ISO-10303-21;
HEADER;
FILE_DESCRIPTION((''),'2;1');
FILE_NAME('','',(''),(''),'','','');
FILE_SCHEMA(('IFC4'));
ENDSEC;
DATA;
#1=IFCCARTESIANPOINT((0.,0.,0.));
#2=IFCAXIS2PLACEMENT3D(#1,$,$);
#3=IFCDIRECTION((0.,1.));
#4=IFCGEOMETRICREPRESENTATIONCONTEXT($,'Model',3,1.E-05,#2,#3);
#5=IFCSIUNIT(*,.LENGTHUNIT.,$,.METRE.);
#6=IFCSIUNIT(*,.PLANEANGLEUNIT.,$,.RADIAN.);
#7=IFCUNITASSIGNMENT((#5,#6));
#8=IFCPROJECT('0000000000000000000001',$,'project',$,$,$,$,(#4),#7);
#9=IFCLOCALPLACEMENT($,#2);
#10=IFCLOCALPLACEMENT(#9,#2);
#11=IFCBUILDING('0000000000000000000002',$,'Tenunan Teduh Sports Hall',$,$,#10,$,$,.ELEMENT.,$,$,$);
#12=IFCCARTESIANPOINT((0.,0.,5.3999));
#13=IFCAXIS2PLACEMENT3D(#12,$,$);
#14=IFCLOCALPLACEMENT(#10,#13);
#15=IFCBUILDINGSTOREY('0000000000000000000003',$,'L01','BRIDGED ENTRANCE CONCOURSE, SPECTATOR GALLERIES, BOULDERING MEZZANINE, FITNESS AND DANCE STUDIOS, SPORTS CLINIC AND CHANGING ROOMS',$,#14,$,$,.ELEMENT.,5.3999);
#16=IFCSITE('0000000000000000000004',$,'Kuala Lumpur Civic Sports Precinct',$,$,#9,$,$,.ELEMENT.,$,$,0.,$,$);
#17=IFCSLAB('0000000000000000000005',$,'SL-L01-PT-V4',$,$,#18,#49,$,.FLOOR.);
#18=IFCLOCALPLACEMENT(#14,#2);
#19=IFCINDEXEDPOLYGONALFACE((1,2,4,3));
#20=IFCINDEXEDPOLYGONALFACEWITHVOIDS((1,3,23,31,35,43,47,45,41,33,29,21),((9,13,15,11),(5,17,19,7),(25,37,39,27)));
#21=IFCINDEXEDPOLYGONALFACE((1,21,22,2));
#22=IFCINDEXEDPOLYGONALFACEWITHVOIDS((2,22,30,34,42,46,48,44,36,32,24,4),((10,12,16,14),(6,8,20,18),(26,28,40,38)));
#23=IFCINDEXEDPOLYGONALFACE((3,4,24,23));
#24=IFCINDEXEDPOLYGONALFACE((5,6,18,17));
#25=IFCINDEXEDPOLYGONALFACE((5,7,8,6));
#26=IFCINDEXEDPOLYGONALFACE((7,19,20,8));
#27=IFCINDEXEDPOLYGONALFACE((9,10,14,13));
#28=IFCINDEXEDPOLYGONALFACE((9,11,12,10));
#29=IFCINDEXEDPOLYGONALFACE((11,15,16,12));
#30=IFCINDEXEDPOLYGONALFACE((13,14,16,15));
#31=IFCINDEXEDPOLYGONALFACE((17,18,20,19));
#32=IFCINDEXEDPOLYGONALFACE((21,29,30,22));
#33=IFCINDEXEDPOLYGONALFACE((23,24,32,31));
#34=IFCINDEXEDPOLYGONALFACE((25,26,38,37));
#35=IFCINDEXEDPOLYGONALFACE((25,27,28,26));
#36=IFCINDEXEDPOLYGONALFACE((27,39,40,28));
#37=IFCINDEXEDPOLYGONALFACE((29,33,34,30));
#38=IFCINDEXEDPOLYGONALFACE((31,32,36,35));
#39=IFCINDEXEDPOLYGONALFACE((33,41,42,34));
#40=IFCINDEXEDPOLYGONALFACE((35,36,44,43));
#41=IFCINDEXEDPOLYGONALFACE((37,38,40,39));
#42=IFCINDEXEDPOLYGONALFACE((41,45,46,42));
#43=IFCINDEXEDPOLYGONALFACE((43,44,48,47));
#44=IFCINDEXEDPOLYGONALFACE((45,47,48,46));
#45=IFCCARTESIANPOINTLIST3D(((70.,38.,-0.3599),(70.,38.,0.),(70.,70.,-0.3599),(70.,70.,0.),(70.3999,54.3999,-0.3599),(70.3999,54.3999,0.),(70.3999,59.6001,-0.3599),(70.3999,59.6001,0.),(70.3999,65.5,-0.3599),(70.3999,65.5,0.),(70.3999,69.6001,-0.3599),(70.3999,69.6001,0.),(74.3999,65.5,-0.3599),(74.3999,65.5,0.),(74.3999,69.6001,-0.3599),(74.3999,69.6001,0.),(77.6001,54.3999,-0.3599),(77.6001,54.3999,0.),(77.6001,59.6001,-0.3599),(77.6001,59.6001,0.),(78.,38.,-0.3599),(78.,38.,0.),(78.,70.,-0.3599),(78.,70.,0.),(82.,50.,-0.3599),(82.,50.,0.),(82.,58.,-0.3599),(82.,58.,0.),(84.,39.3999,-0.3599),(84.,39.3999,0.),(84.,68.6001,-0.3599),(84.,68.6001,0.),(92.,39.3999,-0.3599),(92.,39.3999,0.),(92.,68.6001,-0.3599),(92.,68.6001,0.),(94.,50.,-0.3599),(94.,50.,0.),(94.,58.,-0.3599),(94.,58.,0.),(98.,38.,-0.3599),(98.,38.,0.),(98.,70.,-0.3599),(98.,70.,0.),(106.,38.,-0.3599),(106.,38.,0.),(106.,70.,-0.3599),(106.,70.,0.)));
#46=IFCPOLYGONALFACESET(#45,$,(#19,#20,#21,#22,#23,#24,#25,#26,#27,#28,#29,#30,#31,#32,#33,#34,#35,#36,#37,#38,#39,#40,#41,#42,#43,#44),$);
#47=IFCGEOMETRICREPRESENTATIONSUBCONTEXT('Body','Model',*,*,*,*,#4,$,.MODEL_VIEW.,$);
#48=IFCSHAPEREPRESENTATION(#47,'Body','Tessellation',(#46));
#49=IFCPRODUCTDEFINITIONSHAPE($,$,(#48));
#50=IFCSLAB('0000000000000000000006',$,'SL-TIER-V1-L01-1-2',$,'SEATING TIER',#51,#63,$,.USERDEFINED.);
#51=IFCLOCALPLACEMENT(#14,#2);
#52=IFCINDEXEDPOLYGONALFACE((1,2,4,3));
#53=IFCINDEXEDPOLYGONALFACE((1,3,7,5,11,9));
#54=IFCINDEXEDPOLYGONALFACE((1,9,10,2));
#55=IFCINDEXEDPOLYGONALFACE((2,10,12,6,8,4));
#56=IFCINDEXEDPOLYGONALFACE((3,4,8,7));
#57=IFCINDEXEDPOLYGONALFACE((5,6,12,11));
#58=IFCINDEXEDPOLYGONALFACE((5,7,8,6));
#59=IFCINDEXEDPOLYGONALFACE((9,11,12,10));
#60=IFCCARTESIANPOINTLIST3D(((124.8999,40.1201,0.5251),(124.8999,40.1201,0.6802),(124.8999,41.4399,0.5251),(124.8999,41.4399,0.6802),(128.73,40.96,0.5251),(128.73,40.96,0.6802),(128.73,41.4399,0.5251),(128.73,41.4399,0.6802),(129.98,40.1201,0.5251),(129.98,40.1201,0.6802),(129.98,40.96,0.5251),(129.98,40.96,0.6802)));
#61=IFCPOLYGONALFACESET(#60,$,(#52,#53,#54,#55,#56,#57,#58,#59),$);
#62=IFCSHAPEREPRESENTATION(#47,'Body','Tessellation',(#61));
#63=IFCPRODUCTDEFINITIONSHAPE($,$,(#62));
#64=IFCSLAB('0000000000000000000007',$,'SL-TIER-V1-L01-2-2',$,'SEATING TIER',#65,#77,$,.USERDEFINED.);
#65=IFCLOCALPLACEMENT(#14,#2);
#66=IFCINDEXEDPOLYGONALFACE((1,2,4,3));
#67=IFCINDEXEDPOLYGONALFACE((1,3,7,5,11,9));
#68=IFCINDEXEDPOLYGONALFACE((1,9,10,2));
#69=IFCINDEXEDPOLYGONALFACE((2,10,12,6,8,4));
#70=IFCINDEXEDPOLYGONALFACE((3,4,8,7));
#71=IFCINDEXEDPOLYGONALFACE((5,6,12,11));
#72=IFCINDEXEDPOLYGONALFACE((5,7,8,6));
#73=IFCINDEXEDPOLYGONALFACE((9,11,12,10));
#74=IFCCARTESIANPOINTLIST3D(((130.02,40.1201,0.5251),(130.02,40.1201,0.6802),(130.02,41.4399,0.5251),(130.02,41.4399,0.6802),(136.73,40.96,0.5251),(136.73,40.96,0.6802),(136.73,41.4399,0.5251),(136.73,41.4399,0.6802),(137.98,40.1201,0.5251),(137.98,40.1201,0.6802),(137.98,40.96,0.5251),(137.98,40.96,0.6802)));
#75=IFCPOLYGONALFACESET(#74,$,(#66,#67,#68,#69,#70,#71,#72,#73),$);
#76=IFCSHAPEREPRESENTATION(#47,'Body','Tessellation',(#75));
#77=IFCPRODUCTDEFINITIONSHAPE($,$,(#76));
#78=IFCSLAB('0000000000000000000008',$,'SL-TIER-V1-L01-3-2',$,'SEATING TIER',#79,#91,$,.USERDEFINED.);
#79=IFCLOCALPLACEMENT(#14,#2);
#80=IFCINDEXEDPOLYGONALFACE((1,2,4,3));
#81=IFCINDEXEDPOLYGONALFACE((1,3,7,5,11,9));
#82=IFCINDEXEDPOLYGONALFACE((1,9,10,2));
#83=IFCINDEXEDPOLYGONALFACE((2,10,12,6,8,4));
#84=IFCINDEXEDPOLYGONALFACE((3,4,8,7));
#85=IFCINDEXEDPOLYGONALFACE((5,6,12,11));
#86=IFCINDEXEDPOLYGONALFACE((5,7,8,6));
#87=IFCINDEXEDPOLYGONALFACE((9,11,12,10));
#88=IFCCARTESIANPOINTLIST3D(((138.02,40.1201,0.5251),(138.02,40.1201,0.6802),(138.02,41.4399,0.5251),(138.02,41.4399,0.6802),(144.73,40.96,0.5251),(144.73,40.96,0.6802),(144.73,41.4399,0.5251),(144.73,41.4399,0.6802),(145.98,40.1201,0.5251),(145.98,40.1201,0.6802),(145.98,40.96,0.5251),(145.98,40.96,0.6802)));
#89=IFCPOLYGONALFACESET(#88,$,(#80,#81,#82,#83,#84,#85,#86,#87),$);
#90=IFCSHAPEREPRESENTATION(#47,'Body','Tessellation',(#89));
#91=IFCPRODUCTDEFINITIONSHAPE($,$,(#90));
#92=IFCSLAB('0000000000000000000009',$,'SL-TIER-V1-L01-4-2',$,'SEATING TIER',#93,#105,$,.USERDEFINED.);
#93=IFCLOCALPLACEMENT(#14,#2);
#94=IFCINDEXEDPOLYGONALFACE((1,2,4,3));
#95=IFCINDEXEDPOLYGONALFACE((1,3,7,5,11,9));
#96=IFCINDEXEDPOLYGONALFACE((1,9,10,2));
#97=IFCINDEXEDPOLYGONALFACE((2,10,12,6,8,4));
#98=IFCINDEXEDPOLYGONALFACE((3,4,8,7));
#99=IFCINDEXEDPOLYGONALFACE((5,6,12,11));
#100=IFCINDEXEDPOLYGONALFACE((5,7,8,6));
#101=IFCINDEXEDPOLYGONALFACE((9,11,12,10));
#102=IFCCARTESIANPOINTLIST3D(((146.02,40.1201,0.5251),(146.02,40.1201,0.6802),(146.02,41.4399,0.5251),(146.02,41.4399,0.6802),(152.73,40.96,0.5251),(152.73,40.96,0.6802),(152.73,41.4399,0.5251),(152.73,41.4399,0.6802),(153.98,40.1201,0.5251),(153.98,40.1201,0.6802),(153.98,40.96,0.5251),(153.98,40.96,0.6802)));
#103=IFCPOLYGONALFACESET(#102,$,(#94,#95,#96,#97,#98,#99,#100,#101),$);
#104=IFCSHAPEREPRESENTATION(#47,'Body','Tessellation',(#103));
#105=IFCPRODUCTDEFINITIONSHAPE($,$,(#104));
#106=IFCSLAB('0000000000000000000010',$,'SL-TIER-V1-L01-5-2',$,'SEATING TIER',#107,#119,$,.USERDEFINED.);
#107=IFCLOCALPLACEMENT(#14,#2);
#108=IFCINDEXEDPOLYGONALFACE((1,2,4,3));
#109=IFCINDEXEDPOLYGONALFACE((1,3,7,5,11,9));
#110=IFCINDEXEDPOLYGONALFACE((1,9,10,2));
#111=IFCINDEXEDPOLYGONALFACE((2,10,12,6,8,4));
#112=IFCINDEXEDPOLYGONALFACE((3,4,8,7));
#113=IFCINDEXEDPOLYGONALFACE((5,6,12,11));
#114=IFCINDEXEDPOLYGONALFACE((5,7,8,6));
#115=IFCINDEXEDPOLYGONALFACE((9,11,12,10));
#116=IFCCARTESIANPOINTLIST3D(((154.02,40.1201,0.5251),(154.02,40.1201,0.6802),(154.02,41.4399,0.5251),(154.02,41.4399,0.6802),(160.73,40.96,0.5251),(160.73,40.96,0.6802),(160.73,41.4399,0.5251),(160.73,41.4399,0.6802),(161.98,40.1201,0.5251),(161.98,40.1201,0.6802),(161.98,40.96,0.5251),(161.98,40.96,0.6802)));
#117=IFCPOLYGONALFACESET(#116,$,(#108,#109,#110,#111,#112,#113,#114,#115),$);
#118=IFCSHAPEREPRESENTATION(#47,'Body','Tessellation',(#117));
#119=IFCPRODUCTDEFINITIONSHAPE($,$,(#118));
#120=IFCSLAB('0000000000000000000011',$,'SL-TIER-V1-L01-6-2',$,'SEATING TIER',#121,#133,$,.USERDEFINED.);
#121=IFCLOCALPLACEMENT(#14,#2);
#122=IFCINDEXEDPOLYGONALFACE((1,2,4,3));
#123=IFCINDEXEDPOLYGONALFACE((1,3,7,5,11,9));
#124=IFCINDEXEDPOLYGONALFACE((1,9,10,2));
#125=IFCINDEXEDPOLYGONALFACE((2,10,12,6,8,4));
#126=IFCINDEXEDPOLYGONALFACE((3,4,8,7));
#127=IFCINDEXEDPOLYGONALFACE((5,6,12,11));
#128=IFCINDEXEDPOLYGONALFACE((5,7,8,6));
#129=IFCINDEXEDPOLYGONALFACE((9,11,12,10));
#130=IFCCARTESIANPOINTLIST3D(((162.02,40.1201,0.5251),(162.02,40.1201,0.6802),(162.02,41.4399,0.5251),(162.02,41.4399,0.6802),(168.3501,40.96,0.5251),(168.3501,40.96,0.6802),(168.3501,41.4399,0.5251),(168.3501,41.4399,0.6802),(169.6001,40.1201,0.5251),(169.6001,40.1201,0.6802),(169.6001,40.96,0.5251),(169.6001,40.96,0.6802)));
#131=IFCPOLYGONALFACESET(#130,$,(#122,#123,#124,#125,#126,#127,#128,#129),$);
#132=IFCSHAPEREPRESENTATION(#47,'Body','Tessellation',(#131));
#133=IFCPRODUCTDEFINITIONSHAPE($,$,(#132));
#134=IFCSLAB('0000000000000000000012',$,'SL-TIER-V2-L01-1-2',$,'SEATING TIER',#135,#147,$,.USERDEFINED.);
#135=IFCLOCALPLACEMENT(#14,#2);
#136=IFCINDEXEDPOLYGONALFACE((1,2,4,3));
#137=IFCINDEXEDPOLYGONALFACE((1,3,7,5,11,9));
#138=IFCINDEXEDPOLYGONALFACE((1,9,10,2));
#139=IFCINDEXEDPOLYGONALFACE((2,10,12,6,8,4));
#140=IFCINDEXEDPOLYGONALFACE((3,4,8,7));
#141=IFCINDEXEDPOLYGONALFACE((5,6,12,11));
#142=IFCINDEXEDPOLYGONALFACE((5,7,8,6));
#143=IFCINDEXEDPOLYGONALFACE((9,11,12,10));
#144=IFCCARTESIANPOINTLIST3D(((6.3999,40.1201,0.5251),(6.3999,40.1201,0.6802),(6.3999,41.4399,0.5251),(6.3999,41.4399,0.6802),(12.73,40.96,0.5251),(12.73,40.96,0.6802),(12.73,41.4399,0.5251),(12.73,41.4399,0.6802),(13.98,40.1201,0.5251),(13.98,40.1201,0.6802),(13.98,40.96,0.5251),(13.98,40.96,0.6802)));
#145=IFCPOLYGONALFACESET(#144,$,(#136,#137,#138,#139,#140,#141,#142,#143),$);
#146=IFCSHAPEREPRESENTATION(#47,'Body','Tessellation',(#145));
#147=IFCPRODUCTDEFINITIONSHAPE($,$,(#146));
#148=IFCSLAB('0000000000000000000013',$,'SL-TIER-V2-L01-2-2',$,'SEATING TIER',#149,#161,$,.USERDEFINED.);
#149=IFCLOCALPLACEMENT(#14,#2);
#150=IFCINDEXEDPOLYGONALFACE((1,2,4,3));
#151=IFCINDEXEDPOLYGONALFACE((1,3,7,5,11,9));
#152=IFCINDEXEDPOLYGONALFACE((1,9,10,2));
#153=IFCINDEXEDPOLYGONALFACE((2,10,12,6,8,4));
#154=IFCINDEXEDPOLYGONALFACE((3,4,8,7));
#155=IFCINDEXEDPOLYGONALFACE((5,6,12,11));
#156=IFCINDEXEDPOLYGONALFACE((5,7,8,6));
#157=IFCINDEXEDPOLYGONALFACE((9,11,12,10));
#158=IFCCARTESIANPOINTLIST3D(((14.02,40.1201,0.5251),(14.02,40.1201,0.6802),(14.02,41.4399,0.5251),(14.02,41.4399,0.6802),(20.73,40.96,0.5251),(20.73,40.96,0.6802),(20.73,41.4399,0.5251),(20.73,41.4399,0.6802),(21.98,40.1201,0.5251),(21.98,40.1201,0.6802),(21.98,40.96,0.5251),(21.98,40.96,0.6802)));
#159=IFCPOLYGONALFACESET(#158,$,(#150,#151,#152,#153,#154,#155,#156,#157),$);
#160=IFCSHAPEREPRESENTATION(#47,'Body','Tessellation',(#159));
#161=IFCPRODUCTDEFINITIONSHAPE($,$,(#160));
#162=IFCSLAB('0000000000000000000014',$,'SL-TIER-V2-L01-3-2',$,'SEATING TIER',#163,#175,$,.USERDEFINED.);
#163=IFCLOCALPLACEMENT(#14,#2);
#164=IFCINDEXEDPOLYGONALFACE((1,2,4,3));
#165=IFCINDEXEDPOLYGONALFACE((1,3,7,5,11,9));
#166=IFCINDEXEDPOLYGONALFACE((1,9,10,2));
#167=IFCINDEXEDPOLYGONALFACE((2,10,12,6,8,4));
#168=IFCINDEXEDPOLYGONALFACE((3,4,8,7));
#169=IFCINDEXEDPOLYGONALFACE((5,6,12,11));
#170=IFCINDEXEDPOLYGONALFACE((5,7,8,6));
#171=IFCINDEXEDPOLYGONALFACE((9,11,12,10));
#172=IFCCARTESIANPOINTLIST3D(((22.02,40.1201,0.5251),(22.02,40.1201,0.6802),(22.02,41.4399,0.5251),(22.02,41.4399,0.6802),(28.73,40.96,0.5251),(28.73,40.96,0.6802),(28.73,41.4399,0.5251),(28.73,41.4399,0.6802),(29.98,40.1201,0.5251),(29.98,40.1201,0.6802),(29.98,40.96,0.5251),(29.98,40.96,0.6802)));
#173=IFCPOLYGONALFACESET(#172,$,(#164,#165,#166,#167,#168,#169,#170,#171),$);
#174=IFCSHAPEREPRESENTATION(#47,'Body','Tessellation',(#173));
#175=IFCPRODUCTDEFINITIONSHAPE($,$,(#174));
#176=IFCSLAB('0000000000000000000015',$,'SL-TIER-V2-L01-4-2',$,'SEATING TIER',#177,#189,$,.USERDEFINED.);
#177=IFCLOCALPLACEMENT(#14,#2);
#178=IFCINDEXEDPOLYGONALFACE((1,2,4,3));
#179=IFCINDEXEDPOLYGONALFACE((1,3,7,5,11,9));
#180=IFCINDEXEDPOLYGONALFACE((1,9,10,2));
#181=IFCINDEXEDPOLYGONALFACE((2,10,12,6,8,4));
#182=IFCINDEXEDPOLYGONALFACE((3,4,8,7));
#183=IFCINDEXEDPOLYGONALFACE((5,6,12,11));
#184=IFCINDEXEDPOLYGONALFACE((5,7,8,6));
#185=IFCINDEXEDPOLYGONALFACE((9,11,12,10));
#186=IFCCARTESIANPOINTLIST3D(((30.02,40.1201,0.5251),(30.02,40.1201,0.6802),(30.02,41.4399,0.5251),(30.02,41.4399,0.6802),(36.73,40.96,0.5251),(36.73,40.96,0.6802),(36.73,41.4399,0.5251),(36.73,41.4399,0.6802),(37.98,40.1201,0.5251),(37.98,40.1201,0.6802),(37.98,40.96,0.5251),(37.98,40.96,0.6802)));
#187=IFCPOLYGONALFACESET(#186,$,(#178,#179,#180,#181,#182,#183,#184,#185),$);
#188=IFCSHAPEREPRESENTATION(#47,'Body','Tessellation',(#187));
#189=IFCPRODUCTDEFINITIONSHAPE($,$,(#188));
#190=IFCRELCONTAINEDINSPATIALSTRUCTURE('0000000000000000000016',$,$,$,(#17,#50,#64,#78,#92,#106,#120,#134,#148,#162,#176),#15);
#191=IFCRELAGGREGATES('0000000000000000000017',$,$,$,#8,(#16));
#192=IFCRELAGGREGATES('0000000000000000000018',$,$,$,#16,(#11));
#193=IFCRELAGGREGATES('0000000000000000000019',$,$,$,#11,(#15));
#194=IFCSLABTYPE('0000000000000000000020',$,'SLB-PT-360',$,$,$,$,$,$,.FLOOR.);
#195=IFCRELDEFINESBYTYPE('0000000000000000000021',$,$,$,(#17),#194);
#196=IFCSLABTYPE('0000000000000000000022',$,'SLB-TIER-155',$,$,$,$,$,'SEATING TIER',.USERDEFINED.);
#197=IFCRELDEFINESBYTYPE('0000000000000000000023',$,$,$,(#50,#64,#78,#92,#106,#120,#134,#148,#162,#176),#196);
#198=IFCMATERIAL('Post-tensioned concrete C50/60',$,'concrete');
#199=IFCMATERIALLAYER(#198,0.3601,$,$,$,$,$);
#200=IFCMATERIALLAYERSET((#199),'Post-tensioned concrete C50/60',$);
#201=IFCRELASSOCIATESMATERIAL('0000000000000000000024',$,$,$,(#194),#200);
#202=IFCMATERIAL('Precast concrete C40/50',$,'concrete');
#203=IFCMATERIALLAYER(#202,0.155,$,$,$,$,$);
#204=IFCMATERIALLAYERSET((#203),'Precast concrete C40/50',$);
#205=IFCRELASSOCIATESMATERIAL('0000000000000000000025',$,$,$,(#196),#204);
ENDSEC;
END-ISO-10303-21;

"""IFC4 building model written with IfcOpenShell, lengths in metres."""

from ifc_helpers import new_model, si_unit, direction, frame, origin, place, context, subcontext, project, spatial, polyline, outline, extrude, material, layer, layer_set, type_object, element, save


model = new_model("IFC4")

# Units and contexts
model_context = context("Model", 3, precision=1e-05, world=origin(), true_north=direction((0.0, 1.0)))
body_context = subcontext(model_context, "Body", "Model", "MODEL_VIEW")
ifc_project = project(units=[si_unit("LENGTHUNIT", "METRE"), si_unit("PLANEANGLEUNIT", "RADIAN")], contexts=[model_context])

# Site, building, storey
site_placement = place(None, origin())
site = spatial("IfcSite", under=ifc_project, at=site_placement, Name="Kuala Lumpur Civic Sports Precinct", CompositionType="ELEMENT", RefElevation=0.0)
building_placement = place(site_placement, origin())
building = spatial("IfcBuilding", under=site, at=building_placement, Name="Tenunan Teduh Sports Hall", CompositionType="ELEMENT")
storey_placement = place(building_placement, frame((0.0, 0.0, 5.3999)))
storey = spatial("IfcBuildingStorey", under=building, at=storey_placement, Name="L01", Description="BRIDGED ENTRANCE CONCOURSE, SPECTATOR GALLERIES, BOULDERING MEZZANINE, FITNESS AND DANCE STUDIOS, SPORTS CLINIC AND CHANGING ROOMS", CompositionType="ELEMENT", Elevation=5.3999)

# Slabs
ifc_material_1 = material(Name="Post-tensioned concrete C50/60", Category="concrete")
ifc_layer_1 = layer(ifc_material_1, 0.3601)
ifc_layer_set_1 = layer_set([ifc_layer_1], Name="Post-tensioned concrete C50/60")
slab_type_1 = type_object("IfcSlabType", Name="SLB-PT-360", PredefinedType="FLOOR", material=ifc_layer_set_1)
slab_1_placement = place(storey_placement, frame((0.0, 0.0, -0.3599)))
element("IfcSlab", 1, at=slab_1_placement, inside=storey, type_object=slab_type_1, Name="SL-L01-PT-V4", PredefinedType="FLOOR", context=body_context, shape_type="SweptSolid", body=[
    extrude(outline(polyline([(70.0, 38.0), (78.0, 38.0), (84.0, 39.3999), (92.0, 39.3999), (98.0, 38.0), (106.0, 38.0), (106.0, 70.0), (98.0, 70.0), (92.0, 68.6001), (84.0, 68.6001), (78.0, 70.0), (70.0, 70.0), (70.0, 38.0)]), holes=[polyline([(70.3999, 54.3999), (77.6001, 54.3999), (77.6001, 59.6001), (70.3999, 59.6001), (70.3999, 54.3999)]), polyline([(70.3999, 65.5), (74.3999, 65.5), (74.3999, 69.6001), (70.3999, 69.6001), (70.3999, 65.5)]), polyline([(82.0, 50.0), (94.0, 50.0), (94.0, 58.0), (82.0, 58.0), (82.0, 50.0)])]), origin(), (0.0, 0.0, 1.0), 0.3599),
])
ifc_material_2 = material(Name="Precast concrete C40/50", Category="concrete")
ifc_layer_2 = layer(ifc_material_2, 0.155)
ifc_layer_set_2 = layer_set([ifc_layer_2], Name="Precast concrete C40/50")
slab_type_2 = type_object("IfcSlabType", Name="SLB-TIER-155", ElementType="SEATING TIER", PredefinedType="USERDEFINED", material=ifc_layer_set_2)
slab_2_placement = place(storey_placement, frame((0.0, 0.0, 0.5251)))
element("IfcSlab", 2, at=slab_2_placement, inside=storey, type_object=slab_type_2, Name="SL-TIER-V1-L01-1-2", ObjectType="SEATING TIER", PredefinedType="USERDEFINED", context=body_context, shape_type="SweptSolid", body=[
    extrude(outline(polyline([(124.8999, 40.1201), (129.98, 40.1201), (129.98, 40.96), (128.73, 40.96), (128.73, 41.4399), (124.8999, 41.4399), (124.8999, 40.1201)])), origin(), (0.0, 0.0, 1.0), 0.155),
])
slab_3_placement = place(storey_placement, frame((0.0, 0.0, 0.5251)))
element("IfcSlab", 3, at=slab_3_placement, inside=storey, type_object=slab_type_2, Name="SL-TIER-V1-L01-2-2", ObjectType="SEATING TIER", PredefinedType="USERDEFINED", context=body_context, shape_type="SweptSolid", body=[
    extrude(outline(polyline([(130.02, 40.1201), (137.98, 40.1201), (137.98, 40.96), (136.73, 40.96), (136.73, 41.4399), (130.02, 41.4399), (130.02, 40.1201)])), origin(), (0.0, 0.0, 1.0), 0.155),
])
slab_4_placement = place(storey_placement, frame((0.0, 0.0, 0.5251)))
element("IfcSlab", 4, at=slab_4_placement, inside=storey, type_object=slab_type_2, Name="SL-TIER-V1-L01-3-2", ObjectType="SEATING TIER", PredefinedType="USERDEFINED", context=body_context, shape_type="SweptSolid", body=[
    extrude(outline(polyline([(138.02, 40.1201), (145.98, 40.1201), (145.98, 40.96), (144.73, 40.96), (144.73, 41.4399), (138.02, 41.4399), (138.02, 40.1201)])), origin(), (0.0, 0.0, 1.0), 0.155),
])
slab_5_placement = place(storey_placement, frame((0.0, 0.0, 0.5251)))
element("IfcSlab", 5, at=slab_5_placement, inside=storey, type_object=slab_type_2, Name="SL-TIER-V1-L01-4-2", ObjectType="SEATING TIER", PredefinedType="USERDEFINED", context=body_context, shape_type="SweptSolid", body=[
    extrude(outline(polyline([(146.02, 40.1201), (153.98, 40.1201), (153.98, 40.96), (152.73, 40.96), (152.73, 41.4399), (146.02, 41.4399), (146.02, 40.1201)])), origin(), (0.0, 0.0, 1.0), 0.155),
])
slab_6_placement = place(storey_placement, frame((0.0, 0.0, 0.5251)))
element("IfcSlab", 6, at=slab_6_placement, inside=storey, type_object=slab_type_2, Name="SL-TIER-V1-L01-5-2", ObjectType="SEATING TIER", PredefinedType="USERDEFINED", context=body_context, shape_type="SweptSolid", body=[
    extrude(outline(polyline([(154.02, 40.1201), (161.98, 40.1201), (161.98, 40.96), (160.73, 40.96), (160.73, 41.4399), (154.02, 41.4399), (154.02, 40.1201)])), origin(), (0.0, 0.0, 1.0), 0.155),
])
slab_7_placement = place(storey_placement, frame((0.0, 0.0, 0.5251)))
element("IfcSlab", 7, at=slab_7_placement, inside=storey, type_object=slab_type_2, Name="SL-TIER-V1-L01-6-2", ObjectType="SEATING TIER", PredefinedType="USERDEFINED", context=body_context, shape_type="SweptSolid", body=[
    extrude(outline(polyline([(162.02, 40.1201), (169.6001, 40.1201), (169.6001, 40.96), (168.3501, 40.96), (168.3501, 41.4399), (162.02, 41.4399), (162.02, 40.1201)])), origin(), (0.0, 0.0, 1.0), 0.155),
])
slab_8_placement = place(storey_placement, frame((0.0, 0.0, 0.5251)))
element("IfcSlab", 8, at=slab_8_placement, inside=storey, type_object=slab_type_2, Name="SL-TIER-V2-L01-1-2", ObjectType="SEATING TIER", PredefinedType="USERDEFINED", context=body_context, shape_type="SweptSolid", body=[
    extrude(outline(polyline([(6.3999, 40.1201), (13.98, 40.1201), (13.98, 40.96), (12.73, 40.96), (12.73, 41.4399), (6.3999, 41.4399), (6.3999, 40.1201)])), origin(), (0.0, 0.0, 1.0), 0.155),
])
slab_9_placement = place(storey_placement, frame((0.0, 0.0, 0.5251)))
element("IfcSlab", 9, at=slab_9_placement, inside=storey, type_object=slab_type_2, Name="SL-TIER-V2-L01-2-2", ObjectType="SEATING TIER", PredefinedType="USERDEFINED", context=body_context, shape_type="SweptSolid", body=[
    extrude(outline(polyline([(14.02, 40.1201), (21.98, 40.1201), (21.98, 40.96), (20.73, 40.96), (20.73, 41.4399), (14.02, 41.4399), (14.02, 40.1201)])), origin(), (0.0, 0.0, 1.0), 0.155),
])
slab_10_placement = place(storey_placement, frame((0.0, 0.0, 0.5251)))
element("IfcSlab", 10, at=slab_10_placement, inside=storey, type_object=slab_type_2, Name="SL-TIER-V2-L01-3-2", ObjectType="SEATING TIER", PredefinedType="USERDEFINED", context=body_context, shape_type="SweptSolid", body=[
    extrude(outline(polyline([(22.02, 40.1201), (29.98, 40.1201), (29.98, 40.96), (28.73, 40.96), (28.73, 41.4399), (22.02, 41.4399), (22.02, 40.1201)])), origin(), (0.0, 0.0, 1.0), 0.155),
])
slab_11_placement = place(storey_placement, frame((0.0, 0.0, 0.5251)))
element("IfcSlab", 11, at=slab_11_placement, inside=storey, type_object=slab_type_2, Name="SL-TIER-V2-L01-4-2", ObjectType="SEATING TIER", PredefinedType="USERDEFINED", context=body_context, shape_type="SweptSolid", body=[
    extrude(outline(polyline([(30.02, 40.1201), (37.98, 40.1201), (37.98, 40.96), (36.73, 40.96), (36.73, 41.4399), (30.02, 41.4399), (30.02, 40.1201)])), origin(), (0.0, 0.0, 1.0), 0.155),
])

save(model, "model.ifc")
